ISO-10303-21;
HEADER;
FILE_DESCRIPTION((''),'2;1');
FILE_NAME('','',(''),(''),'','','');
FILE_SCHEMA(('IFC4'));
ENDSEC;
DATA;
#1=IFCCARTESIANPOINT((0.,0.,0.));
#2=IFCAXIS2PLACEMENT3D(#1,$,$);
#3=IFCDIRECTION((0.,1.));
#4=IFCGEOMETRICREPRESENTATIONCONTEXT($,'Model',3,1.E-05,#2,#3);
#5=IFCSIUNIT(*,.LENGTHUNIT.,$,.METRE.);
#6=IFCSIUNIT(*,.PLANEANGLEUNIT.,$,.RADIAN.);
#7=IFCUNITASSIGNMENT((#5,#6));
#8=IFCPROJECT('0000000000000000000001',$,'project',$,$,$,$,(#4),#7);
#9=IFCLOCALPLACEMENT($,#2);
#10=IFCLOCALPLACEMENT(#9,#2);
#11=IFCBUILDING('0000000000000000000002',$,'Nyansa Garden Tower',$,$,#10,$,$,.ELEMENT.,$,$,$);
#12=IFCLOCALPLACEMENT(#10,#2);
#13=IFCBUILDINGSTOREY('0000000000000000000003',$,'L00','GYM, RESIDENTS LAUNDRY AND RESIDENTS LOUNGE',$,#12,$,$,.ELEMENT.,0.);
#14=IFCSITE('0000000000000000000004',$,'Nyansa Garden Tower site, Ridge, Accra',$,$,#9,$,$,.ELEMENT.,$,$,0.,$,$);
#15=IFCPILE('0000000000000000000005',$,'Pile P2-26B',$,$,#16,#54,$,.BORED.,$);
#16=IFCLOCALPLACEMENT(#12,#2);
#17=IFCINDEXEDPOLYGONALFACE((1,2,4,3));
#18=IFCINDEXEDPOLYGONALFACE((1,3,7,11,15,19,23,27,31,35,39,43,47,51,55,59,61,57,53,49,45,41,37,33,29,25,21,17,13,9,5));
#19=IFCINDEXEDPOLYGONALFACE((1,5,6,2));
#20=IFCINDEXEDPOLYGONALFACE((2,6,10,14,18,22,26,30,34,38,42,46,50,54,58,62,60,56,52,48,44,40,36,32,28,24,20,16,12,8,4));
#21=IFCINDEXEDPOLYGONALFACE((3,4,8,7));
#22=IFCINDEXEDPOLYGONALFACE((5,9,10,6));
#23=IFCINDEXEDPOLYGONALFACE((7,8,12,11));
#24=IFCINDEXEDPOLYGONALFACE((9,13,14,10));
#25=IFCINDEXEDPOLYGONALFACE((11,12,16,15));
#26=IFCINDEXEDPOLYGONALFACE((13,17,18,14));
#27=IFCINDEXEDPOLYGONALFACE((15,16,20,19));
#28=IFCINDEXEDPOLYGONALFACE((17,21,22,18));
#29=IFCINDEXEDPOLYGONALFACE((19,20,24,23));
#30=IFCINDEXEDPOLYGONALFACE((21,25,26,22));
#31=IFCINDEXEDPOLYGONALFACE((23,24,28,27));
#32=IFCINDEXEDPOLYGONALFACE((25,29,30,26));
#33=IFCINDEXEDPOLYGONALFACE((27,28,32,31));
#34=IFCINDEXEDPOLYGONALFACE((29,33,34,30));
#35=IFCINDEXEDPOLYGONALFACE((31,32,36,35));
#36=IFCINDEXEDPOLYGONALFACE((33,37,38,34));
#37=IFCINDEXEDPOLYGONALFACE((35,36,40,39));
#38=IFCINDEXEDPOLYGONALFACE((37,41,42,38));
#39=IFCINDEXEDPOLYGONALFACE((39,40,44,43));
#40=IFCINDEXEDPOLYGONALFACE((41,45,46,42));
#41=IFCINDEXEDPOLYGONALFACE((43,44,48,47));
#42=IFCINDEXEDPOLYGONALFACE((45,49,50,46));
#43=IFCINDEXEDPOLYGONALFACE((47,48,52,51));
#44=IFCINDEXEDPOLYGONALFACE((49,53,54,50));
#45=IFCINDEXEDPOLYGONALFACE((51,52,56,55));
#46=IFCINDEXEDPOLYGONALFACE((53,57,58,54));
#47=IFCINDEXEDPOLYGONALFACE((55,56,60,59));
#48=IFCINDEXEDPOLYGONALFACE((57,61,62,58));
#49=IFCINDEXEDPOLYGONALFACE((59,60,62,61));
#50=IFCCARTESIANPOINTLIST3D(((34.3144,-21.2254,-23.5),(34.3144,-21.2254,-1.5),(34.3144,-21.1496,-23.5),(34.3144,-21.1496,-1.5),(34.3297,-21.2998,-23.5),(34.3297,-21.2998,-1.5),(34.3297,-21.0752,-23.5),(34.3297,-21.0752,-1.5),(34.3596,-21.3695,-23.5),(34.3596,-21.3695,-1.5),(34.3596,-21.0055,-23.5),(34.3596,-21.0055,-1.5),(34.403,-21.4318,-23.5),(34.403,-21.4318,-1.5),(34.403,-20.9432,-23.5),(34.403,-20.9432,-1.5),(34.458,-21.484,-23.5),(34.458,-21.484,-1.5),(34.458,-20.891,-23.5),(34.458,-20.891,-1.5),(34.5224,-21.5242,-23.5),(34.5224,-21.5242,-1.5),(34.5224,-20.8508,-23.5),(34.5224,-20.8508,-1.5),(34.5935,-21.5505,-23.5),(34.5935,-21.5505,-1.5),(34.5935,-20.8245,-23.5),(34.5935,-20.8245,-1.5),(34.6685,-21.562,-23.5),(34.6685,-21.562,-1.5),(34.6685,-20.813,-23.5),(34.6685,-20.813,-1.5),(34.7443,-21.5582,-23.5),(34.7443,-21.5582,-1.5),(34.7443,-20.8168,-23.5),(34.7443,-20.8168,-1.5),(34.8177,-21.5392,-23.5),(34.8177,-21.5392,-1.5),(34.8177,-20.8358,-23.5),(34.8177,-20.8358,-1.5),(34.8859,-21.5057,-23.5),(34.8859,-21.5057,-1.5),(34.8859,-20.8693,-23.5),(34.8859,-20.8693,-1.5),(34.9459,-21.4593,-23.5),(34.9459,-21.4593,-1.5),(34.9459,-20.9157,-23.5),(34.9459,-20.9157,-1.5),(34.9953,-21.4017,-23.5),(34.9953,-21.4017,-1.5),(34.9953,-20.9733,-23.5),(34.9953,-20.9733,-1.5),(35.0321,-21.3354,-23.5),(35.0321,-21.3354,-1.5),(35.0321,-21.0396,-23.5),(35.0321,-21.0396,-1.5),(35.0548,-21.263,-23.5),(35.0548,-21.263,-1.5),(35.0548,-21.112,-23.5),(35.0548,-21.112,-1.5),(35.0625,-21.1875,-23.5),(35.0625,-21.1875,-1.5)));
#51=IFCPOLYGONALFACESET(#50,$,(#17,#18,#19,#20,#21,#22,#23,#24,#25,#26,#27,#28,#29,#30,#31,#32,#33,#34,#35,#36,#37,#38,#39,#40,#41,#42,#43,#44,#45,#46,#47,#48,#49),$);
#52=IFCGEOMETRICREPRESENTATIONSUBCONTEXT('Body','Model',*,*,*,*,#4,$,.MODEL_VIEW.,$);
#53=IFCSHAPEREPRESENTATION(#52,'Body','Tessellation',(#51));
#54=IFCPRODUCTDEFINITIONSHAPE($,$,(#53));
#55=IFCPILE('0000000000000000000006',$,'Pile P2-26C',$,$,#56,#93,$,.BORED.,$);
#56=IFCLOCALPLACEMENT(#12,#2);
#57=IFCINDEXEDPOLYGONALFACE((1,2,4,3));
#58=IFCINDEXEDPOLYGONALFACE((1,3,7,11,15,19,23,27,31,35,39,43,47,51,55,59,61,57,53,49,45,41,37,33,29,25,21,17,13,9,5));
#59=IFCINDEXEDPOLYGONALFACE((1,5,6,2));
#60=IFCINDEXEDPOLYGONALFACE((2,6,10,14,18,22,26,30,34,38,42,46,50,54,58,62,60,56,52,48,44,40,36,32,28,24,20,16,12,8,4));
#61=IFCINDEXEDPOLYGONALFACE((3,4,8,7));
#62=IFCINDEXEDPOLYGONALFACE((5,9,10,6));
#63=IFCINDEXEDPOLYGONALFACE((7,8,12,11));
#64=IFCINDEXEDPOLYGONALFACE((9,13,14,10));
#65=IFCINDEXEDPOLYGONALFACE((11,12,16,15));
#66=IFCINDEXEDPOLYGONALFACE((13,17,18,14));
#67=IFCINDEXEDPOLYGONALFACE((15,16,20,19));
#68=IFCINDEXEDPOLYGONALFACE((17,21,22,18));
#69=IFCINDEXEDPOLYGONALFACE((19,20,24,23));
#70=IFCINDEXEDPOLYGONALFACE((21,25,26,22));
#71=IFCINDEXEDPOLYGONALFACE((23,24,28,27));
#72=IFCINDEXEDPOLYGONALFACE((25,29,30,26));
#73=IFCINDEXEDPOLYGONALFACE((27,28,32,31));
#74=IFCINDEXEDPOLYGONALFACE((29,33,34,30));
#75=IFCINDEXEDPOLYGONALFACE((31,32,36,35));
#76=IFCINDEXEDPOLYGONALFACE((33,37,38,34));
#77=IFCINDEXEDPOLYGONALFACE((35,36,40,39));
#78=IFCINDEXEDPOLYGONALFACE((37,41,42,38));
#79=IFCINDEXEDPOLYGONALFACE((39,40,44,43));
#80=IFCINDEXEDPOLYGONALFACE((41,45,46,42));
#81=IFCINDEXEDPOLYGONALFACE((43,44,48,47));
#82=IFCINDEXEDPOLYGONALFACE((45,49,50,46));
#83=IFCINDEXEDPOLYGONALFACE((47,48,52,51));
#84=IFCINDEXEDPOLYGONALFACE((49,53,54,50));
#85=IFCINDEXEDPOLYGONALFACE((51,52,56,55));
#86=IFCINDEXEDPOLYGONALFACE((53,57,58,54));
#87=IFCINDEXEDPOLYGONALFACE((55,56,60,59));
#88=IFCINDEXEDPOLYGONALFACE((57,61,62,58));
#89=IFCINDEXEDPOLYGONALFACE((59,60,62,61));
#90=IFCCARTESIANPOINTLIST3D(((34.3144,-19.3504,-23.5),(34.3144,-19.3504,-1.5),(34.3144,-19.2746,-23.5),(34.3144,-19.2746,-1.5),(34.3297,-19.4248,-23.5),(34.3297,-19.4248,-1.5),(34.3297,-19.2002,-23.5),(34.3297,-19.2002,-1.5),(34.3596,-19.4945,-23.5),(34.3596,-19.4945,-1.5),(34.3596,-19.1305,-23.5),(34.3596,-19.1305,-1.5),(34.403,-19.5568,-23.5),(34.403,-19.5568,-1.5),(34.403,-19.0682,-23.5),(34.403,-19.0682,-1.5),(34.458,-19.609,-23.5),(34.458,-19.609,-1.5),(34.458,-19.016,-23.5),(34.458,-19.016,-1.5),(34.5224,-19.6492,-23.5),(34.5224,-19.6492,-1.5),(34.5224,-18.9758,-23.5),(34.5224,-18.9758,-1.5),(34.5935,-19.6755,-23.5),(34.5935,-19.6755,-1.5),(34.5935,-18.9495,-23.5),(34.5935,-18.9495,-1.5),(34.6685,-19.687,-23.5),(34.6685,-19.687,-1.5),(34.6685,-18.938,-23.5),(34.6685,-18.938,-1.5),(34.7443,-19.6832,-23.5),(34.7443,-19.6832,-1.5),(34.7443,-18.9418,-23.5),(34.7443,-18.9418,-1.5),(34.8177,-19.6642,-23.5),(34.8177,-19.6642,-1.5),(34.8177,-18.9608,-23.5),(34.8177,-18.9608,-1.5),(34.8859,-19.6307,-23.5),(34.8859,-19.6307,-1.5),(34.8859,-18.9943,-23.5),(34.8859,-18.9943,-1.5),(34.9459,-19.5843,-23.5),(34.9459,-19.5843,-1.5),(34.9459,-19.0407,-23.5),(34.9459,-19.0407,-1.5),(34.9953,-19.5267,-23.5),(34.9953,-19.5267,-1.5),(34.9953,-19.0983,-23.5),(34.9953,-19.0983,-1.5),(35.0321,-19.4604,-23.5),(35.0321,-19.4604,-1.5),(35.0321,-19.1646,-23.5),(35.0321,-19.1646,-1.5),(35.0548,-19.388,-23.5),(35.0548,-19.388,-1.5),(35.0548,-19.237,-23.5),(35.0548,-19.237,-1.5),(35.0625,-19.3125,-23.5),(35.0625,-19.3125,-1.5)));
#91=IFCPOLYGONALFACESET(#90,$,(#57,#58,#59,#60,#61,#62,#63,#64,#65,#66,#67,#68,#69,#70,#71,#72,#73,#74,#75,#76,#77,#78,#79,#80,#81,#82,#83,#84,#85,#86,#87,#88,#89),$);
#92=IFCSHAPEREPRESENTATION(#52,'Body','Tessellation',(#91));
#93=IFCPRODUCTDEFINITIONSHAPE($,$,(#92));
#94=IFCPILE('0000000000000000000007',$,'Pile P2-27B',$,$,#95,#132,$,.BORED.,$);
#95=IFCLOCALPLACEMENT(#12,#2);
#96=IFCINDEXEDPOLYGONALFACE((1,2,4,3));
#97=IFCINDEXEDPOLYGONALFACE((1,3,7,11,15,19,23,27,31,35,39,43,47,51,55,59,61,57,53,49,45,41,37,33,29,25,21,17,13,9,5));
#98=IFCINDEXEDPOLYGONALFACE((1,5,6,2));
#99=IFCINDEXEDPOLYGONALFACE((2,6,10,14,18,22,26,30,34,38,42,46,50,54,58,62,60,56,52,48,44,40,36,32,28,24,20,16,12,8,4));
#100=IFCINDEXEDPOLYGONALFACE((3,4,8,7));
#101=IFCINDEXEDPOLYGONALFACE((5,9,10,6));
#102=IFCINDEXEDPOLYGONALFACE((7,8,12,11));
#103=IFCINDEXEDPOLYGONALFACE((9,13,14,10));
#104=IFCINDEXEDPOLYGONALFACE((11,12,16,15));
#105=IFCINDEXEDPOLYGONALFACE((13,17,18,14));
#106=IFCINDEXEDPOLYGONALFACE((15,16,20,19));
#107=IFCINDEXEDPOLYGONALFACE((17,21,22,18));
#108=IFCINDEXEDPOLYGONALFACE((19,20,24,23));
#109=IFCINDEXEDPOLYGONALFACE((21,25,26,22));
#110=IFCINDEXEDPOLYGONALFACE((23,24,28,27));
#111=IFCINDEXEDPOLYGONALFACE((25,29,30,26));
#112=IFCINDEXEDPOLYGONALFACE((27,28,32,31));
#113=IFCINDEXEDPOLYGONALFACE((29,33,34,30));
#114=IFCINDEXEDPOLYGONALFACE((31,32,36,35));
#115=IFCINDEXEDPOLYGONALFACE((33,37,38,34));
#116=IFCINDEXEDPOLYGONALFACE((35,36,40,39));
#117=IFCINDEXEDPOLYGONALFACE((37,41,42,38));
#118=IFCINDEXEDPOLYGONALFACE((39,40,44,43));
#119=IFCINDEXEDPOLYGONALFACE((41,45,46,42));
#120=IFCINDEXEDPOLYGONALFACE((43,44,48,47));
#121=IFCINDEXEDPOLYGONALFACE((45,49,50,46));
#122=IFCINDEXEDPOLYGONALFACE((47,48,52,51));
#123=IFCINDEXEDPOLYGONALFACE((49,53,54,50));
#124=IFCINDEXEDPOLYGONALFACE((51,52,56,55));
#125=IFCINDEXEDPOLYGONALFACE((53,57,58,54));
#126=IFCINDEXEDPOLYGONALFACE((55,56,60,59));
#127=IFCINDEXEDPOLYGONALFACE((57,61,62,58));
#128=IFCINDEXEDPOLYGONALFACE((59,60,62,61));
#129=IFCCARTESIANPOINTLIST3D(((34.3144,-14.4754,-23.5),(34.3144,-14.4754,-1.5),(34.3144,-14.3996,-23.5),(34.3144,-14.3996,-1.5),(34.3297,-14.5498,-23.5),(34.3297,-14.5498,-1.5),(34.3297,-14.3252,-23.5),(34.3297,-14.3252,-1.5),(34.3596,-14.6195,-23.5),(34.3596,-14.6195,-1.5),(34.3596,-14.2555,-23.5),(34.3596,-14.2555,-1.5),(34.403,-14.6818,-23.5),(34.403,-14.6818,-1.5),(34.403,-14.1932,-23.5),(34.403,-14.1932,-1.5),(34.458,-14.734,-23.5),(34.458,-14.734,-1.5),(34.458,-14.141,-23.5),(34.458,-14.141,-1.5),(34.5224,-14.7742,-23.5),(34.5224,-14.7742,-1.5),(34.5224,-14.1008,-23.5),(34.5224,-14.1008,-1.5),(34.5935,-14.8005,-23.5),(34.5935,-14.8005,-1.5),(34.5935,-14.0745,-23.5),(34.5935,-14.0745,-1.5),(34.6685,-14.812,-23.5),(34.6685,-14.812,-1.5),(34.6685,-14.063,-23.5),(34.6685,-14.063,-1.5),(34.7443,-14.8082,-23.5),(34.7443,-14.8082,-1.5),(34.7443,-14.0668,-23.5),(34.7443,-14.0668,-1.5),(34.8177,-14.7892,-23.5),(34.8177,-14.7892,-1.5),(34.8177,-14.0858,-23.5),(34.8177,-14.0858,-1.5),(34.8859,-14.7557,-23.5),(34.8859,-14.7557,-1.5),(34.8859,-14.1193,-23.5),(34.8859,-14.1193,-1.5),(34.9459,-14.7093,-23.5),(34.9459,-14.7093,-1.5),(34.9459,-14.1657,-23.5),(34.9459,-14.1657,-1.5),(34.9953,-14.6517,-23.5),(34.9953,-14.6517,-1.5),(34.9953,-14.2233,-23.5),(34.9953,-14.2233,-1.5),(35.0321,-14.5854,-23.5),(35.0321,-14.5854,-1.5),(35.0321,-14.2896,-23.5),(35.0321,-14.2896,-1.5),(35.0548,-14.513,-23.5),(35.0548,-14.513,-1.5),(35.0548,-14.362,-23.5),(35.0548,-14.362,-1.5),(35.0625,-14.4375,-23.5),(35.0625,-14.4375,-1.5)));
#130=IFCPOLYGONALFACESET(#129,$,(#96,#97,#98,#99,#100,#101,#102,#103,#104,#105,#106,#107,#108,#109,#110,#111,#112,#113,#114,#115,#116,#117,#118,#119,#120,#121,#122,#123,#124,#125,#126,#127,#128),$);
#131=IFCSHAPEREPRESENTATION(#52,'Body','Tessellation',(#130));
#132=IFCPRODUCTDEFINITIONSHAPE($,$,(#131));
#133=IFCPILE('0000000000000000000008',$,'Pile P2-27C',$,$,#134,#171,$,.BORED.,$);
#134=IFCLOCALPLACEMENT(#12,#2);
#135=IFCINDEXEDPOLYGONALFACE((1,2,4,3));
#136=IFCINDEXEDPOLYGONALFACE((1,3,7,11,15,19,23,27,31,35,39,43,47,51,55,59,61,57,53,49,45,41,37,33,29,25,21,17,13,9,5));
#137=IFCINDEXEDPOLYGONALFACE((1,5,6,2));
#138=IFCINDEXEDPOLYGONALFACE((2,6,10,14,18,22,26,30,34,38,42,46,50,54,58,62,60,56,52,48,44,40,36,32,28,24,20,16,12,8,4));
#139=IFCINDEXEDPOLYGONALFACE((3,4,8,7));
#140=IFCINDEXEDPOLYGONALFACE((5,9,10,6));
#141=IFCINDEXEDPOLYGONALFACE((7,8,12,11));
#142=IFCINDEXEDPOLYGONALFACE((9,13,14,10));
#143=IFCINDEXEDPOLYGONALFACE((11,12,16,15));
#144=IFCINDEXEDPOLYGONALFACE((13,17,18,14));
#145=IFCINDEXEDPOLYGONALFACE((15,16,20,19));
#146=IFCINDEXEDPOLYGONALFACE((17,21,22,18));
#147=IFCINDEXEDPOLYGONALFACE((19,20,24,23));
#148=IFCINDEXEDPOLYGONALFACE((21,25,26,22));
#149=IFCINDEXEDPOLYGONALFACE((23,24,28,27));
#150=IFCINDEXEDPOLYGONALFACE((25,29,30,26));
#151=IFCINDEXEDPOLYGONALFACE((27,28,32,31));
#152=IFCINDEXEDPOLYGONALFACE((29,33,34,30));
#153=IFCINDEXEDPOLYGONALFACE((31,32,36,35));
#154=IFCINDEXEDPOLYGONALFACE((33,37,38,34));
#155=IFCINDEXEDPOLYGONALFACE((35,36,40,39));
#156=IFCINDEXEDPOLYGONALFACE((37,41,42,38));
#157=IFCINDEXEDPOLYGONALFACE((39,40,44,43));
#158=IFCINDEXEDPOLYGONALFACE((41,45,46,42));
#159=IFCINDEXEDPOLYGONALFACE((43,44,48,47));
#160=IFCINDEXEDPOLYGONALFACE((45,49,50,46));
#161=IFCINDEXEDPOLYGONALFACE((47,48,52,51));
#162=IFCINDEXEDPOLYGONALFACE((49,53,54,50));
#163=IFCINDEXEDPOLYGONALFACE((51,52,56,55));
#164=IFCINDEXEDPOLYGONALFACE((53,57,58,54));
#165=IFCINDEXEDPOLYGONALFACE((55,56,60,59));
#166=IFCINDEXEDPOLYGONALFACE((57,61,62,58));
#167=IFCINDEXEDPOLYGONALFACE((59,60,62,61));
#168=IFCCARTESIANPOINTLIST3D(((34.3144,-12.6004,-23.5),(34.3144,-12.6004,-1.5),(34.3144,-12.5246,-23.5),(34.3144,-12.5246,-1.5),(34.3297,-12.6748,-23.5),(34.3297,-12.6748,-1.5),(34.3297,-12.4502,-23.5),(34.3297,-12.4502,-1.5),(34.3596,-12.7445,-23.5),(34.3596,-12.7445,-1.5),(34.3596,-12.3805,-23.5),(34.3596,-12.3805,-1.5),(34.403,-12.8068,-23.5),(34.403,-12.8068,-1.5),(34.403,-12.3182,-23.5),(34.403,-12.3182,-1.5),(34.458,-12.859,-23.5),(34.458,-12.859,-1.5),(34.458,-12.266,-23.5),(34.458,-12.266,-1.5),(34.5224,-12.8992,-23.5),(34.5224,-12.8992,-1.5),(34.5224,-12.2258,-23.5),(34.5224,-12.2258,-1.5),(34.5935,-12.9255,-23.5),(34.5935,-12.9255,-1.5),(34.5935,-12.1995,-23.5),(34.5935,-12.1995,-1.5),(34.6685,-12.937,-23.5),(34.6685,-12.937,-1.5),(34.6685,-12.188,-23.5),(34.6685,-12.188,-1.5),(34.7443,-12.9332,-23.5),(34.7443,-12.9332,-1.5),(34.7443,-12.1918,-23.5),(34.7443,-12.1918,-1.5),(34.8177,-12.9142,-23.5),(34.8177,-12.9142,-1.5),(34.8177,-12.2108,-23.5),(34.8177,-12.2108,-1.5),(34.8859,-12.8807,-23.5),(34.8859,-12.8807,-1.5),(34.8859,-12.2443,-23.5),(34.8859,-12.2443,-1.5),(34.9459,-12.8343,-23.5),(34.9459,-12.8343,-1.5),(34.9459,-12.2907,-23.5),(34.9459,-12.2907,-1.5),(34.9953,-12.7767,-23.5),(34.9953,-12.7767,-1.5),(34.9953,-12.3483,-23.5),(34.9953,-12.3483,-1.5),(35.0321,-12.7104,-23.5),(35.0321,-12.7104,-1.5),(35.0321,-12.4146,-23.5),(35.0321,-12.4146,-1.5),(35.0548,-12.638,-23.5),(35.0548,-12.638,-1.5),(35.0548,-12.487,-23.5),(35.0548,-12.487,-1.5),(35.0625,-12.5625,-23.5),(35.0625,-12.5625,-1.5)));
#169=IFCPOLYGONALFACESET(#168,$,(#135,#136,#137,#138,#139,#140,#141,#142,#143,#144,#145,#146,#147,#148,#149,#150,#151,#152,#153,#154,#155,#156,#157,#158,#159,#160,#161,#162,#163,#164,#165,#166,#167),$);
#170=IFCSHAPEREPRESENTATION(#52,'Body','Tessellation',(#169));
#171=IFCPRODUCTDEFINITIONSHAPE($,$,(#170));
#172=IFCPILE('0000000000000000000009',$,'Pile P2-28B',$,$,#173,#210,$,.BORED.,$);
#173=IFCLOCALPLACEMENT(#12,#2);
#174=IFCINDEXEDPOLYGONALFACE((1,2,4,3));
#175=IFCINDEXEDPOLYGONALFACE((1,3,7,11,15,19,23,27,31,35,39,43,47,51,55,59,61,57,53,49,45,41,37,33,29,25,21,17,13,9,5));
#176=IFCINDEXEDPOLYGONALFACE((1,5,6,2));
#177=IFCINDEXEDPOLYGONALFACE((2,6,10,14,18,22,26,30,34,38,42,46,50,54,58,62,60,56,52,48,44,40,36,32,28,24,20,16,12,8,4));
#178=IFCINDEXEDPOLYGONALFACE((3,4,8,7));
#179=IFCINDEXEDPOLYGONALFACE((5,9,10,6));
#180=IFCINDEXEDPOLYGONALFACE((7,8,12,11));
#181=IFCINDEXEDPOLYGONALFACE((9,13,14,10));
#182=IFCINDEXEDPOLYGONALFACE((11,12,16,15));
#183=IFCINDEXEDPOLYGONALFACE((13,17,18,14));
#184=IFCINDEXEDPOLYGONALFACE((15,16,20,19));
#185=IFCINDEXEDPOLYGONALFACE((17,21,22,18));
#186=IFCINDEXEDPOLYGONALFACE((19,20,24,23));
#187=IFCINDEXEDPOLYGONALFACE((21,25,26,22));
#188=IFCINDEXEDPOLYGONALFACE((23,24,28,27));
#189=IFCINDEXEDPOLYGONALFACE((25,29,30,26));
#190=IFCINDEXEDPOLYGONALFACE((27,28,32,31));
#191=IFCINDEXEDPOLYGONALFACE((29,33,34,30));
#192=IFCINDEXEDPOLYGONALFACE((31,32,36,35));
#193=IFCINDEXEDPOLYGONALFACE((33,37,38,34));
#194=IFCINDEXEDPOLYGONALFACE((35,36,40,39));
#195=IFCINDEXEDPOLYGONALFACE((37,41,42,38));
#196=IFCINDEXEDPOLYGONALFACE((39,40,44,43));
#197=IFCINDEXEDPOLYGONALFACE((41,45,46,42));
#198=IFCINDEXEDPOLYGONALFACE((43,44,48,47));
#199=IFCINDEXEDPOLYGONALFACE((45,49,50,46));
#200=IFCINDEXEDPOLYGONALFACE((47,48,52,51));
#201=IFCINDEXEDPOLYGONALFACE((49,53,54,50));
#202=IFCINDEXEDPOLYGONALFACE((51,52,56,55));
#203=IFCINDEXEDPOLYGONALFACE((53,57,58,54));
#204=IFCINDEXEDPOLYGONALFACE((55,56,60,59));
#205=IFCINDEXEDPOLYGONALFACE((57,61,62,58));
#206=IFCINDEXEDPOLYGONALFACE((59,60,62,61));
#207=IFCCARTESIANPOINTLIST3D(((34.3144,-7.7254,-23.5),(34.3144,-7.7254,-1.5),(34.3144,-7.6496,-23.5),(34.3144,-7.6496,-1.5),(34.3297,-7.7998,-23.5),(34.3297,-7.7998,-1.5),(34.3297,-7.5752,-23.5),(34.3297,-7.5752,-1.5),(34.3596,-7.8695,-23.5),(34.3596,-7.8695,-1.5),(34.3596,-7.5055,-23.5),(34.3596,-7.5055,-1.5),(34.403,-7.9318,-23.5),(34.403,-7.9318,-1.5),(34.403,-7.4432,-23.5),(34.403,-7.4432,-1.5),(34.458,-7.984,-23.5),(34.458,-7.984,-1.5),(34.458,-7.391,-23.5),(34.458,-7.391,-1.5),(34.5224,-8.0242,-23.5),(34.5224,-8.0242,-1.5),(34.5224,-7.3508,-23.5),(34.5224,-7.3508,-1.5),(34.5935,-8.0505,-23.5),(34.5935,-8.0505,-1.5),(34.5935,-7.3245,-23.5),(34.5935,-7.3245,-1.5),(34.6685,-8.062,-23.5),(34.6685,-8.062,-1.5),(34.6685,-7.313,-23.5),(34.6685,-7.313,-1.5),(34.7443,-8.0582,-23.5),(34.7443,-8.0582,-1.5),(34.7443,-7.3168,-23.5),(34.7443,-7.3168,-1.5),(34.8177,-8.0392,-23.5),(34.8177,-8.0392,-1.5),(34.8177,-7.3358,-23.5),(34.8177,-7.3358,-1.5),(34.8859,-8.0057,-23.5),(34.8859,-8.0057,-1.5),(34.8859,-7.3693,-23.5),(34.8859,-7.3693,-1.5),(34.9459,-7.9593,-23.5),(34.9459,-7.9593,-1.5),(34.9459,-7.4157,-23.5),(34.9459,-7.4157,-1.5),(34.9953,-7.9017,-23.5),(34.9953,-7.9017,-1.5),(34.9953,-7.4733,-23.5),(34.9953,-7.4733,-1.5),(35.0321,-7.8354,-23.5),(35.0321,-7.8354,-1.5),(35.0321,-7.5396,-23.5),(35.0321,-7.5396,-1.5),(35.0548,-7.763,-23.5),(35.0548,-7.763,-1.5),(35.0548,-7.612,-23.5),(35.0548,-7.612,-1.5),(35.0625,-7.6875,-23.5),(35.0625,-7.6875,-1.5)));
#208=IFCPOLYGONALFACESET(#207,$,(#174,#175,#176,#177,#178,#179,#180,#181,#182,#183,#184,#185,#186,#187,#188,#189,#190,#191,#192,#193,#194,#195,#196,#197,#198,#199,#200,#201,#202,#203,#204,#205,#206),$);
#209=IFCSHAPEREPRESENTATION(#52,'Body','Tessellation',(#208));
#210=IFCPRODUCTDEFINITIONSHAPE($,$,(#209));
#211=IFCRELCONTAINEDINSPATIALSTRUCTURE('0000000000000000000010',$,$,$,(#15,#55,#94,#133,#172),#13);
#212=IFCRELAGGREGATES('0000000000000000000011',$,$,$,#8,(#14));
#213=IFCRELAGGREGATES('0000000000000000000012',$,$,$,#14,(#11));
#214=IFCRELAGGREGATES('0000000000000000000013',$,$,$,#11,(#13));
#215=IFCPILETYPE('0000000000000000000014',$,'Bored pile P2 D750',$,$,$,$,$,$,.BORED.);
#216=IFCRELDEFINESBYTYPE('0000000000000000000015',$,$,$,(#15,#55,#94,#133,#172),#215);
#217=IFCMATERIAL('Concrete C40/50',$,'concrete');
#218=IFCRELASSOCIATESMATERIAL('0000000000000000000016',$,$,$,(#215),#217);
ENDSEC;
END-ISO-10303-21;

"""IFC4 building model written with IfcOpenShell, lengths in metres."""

from ifc_helpers import new_model, si_unit, direction, frame, origin, origin_2d, place, context, subcontext, project, spatial, circle, extrude, material, type_object, element, save


model = new_model("IFC4")

# Units and contexts
model_context = context("Model", 3, precision=1e-05, world=origin(), true_north=direction((0.0, 1.0)))
body_context = subcontext(model_context, "Body", "Model", "MODEL_VIEW")
ifc_project = project(units=[si_unit("LENGTHUNIT", "METRE"), si_unit("PLANEANGLEUNIT", "RADIAN")], contexts=[model_context])

# Site, building, storey
site_placement = place(None, origin())
site = spatial("IfcSite", under=ifc_project, at=site_placement, Name="Nyansa Garden Tower site, Ridge, Accra", CompositionType="ELEMENT", RefElevation=0.0)
building_placement = place(site_placement, origin())
building = spatial("IfcBuilding", under=site, at=building_placement, Name="Nyansa Garden Tower", CompositionType="ELEMENT")
storey_placement = place(building_placement, origin())
storey = spatial("IfcBuildingStorey", under=building, at=storey_placement, Name="L00", Description="GYM, RESIDENTS LAUNDRY AND RESIDENTS LOUNGE", CompositionType="ELEMENT", Elevation=0.0)

# Piles
ifc_material_1 = material(Name="Concrete C40/50", Category="concrete")
pile_type = type_object("IfcPileType", Name="Bored pile P2 D750", PredefinedType="BORED", material=ifc_material_1)
for number, where, z_axis, x_axis, name in (
    (1, (34.6875, -21.1875, -1.5), (0.0, 0.0, -1.0), (1.0, 0.0, 0.0), "Pile P2-26B"),
    (2, (34.6875, -19.3125, -1.5), (0.0, 0.0, -1.0), (1.0, 0.0, 0.0), "Pile P2-26C"),
    (3, (34.6875, -14.4375, -1.5), (0.0, 0.0, -1.0), (1.0, 0.0, 0.0), "Pile P2-27B"),
    (4, (34.6875, -12.5625, -1.5), (0.0, 0.0, -1.0), (1.0, 0.0, 0.0), "Pile P2-27C"),
    (5, (34.6875, -7.6875, -1.5), (0.0, 0.0, -1.0), (1.0, 0.0, 0.0), "Pile P2-28B"),
):
    element("IfcPile", number, at=place(storey_placement, frame(where, z_axis=z_axis, x_axis=x_axis)), inside=storey, type_object=pile_type, Name=name, PredefinedType="BORED", context=body_context, shape_type="SweptSolid", body=[
        extrude(circle(Radius=0.375, at=origin_2d()), origin(), (0.0, 0.0, 1.0), 22.0),
    ])

save(model, "model.ifc")
